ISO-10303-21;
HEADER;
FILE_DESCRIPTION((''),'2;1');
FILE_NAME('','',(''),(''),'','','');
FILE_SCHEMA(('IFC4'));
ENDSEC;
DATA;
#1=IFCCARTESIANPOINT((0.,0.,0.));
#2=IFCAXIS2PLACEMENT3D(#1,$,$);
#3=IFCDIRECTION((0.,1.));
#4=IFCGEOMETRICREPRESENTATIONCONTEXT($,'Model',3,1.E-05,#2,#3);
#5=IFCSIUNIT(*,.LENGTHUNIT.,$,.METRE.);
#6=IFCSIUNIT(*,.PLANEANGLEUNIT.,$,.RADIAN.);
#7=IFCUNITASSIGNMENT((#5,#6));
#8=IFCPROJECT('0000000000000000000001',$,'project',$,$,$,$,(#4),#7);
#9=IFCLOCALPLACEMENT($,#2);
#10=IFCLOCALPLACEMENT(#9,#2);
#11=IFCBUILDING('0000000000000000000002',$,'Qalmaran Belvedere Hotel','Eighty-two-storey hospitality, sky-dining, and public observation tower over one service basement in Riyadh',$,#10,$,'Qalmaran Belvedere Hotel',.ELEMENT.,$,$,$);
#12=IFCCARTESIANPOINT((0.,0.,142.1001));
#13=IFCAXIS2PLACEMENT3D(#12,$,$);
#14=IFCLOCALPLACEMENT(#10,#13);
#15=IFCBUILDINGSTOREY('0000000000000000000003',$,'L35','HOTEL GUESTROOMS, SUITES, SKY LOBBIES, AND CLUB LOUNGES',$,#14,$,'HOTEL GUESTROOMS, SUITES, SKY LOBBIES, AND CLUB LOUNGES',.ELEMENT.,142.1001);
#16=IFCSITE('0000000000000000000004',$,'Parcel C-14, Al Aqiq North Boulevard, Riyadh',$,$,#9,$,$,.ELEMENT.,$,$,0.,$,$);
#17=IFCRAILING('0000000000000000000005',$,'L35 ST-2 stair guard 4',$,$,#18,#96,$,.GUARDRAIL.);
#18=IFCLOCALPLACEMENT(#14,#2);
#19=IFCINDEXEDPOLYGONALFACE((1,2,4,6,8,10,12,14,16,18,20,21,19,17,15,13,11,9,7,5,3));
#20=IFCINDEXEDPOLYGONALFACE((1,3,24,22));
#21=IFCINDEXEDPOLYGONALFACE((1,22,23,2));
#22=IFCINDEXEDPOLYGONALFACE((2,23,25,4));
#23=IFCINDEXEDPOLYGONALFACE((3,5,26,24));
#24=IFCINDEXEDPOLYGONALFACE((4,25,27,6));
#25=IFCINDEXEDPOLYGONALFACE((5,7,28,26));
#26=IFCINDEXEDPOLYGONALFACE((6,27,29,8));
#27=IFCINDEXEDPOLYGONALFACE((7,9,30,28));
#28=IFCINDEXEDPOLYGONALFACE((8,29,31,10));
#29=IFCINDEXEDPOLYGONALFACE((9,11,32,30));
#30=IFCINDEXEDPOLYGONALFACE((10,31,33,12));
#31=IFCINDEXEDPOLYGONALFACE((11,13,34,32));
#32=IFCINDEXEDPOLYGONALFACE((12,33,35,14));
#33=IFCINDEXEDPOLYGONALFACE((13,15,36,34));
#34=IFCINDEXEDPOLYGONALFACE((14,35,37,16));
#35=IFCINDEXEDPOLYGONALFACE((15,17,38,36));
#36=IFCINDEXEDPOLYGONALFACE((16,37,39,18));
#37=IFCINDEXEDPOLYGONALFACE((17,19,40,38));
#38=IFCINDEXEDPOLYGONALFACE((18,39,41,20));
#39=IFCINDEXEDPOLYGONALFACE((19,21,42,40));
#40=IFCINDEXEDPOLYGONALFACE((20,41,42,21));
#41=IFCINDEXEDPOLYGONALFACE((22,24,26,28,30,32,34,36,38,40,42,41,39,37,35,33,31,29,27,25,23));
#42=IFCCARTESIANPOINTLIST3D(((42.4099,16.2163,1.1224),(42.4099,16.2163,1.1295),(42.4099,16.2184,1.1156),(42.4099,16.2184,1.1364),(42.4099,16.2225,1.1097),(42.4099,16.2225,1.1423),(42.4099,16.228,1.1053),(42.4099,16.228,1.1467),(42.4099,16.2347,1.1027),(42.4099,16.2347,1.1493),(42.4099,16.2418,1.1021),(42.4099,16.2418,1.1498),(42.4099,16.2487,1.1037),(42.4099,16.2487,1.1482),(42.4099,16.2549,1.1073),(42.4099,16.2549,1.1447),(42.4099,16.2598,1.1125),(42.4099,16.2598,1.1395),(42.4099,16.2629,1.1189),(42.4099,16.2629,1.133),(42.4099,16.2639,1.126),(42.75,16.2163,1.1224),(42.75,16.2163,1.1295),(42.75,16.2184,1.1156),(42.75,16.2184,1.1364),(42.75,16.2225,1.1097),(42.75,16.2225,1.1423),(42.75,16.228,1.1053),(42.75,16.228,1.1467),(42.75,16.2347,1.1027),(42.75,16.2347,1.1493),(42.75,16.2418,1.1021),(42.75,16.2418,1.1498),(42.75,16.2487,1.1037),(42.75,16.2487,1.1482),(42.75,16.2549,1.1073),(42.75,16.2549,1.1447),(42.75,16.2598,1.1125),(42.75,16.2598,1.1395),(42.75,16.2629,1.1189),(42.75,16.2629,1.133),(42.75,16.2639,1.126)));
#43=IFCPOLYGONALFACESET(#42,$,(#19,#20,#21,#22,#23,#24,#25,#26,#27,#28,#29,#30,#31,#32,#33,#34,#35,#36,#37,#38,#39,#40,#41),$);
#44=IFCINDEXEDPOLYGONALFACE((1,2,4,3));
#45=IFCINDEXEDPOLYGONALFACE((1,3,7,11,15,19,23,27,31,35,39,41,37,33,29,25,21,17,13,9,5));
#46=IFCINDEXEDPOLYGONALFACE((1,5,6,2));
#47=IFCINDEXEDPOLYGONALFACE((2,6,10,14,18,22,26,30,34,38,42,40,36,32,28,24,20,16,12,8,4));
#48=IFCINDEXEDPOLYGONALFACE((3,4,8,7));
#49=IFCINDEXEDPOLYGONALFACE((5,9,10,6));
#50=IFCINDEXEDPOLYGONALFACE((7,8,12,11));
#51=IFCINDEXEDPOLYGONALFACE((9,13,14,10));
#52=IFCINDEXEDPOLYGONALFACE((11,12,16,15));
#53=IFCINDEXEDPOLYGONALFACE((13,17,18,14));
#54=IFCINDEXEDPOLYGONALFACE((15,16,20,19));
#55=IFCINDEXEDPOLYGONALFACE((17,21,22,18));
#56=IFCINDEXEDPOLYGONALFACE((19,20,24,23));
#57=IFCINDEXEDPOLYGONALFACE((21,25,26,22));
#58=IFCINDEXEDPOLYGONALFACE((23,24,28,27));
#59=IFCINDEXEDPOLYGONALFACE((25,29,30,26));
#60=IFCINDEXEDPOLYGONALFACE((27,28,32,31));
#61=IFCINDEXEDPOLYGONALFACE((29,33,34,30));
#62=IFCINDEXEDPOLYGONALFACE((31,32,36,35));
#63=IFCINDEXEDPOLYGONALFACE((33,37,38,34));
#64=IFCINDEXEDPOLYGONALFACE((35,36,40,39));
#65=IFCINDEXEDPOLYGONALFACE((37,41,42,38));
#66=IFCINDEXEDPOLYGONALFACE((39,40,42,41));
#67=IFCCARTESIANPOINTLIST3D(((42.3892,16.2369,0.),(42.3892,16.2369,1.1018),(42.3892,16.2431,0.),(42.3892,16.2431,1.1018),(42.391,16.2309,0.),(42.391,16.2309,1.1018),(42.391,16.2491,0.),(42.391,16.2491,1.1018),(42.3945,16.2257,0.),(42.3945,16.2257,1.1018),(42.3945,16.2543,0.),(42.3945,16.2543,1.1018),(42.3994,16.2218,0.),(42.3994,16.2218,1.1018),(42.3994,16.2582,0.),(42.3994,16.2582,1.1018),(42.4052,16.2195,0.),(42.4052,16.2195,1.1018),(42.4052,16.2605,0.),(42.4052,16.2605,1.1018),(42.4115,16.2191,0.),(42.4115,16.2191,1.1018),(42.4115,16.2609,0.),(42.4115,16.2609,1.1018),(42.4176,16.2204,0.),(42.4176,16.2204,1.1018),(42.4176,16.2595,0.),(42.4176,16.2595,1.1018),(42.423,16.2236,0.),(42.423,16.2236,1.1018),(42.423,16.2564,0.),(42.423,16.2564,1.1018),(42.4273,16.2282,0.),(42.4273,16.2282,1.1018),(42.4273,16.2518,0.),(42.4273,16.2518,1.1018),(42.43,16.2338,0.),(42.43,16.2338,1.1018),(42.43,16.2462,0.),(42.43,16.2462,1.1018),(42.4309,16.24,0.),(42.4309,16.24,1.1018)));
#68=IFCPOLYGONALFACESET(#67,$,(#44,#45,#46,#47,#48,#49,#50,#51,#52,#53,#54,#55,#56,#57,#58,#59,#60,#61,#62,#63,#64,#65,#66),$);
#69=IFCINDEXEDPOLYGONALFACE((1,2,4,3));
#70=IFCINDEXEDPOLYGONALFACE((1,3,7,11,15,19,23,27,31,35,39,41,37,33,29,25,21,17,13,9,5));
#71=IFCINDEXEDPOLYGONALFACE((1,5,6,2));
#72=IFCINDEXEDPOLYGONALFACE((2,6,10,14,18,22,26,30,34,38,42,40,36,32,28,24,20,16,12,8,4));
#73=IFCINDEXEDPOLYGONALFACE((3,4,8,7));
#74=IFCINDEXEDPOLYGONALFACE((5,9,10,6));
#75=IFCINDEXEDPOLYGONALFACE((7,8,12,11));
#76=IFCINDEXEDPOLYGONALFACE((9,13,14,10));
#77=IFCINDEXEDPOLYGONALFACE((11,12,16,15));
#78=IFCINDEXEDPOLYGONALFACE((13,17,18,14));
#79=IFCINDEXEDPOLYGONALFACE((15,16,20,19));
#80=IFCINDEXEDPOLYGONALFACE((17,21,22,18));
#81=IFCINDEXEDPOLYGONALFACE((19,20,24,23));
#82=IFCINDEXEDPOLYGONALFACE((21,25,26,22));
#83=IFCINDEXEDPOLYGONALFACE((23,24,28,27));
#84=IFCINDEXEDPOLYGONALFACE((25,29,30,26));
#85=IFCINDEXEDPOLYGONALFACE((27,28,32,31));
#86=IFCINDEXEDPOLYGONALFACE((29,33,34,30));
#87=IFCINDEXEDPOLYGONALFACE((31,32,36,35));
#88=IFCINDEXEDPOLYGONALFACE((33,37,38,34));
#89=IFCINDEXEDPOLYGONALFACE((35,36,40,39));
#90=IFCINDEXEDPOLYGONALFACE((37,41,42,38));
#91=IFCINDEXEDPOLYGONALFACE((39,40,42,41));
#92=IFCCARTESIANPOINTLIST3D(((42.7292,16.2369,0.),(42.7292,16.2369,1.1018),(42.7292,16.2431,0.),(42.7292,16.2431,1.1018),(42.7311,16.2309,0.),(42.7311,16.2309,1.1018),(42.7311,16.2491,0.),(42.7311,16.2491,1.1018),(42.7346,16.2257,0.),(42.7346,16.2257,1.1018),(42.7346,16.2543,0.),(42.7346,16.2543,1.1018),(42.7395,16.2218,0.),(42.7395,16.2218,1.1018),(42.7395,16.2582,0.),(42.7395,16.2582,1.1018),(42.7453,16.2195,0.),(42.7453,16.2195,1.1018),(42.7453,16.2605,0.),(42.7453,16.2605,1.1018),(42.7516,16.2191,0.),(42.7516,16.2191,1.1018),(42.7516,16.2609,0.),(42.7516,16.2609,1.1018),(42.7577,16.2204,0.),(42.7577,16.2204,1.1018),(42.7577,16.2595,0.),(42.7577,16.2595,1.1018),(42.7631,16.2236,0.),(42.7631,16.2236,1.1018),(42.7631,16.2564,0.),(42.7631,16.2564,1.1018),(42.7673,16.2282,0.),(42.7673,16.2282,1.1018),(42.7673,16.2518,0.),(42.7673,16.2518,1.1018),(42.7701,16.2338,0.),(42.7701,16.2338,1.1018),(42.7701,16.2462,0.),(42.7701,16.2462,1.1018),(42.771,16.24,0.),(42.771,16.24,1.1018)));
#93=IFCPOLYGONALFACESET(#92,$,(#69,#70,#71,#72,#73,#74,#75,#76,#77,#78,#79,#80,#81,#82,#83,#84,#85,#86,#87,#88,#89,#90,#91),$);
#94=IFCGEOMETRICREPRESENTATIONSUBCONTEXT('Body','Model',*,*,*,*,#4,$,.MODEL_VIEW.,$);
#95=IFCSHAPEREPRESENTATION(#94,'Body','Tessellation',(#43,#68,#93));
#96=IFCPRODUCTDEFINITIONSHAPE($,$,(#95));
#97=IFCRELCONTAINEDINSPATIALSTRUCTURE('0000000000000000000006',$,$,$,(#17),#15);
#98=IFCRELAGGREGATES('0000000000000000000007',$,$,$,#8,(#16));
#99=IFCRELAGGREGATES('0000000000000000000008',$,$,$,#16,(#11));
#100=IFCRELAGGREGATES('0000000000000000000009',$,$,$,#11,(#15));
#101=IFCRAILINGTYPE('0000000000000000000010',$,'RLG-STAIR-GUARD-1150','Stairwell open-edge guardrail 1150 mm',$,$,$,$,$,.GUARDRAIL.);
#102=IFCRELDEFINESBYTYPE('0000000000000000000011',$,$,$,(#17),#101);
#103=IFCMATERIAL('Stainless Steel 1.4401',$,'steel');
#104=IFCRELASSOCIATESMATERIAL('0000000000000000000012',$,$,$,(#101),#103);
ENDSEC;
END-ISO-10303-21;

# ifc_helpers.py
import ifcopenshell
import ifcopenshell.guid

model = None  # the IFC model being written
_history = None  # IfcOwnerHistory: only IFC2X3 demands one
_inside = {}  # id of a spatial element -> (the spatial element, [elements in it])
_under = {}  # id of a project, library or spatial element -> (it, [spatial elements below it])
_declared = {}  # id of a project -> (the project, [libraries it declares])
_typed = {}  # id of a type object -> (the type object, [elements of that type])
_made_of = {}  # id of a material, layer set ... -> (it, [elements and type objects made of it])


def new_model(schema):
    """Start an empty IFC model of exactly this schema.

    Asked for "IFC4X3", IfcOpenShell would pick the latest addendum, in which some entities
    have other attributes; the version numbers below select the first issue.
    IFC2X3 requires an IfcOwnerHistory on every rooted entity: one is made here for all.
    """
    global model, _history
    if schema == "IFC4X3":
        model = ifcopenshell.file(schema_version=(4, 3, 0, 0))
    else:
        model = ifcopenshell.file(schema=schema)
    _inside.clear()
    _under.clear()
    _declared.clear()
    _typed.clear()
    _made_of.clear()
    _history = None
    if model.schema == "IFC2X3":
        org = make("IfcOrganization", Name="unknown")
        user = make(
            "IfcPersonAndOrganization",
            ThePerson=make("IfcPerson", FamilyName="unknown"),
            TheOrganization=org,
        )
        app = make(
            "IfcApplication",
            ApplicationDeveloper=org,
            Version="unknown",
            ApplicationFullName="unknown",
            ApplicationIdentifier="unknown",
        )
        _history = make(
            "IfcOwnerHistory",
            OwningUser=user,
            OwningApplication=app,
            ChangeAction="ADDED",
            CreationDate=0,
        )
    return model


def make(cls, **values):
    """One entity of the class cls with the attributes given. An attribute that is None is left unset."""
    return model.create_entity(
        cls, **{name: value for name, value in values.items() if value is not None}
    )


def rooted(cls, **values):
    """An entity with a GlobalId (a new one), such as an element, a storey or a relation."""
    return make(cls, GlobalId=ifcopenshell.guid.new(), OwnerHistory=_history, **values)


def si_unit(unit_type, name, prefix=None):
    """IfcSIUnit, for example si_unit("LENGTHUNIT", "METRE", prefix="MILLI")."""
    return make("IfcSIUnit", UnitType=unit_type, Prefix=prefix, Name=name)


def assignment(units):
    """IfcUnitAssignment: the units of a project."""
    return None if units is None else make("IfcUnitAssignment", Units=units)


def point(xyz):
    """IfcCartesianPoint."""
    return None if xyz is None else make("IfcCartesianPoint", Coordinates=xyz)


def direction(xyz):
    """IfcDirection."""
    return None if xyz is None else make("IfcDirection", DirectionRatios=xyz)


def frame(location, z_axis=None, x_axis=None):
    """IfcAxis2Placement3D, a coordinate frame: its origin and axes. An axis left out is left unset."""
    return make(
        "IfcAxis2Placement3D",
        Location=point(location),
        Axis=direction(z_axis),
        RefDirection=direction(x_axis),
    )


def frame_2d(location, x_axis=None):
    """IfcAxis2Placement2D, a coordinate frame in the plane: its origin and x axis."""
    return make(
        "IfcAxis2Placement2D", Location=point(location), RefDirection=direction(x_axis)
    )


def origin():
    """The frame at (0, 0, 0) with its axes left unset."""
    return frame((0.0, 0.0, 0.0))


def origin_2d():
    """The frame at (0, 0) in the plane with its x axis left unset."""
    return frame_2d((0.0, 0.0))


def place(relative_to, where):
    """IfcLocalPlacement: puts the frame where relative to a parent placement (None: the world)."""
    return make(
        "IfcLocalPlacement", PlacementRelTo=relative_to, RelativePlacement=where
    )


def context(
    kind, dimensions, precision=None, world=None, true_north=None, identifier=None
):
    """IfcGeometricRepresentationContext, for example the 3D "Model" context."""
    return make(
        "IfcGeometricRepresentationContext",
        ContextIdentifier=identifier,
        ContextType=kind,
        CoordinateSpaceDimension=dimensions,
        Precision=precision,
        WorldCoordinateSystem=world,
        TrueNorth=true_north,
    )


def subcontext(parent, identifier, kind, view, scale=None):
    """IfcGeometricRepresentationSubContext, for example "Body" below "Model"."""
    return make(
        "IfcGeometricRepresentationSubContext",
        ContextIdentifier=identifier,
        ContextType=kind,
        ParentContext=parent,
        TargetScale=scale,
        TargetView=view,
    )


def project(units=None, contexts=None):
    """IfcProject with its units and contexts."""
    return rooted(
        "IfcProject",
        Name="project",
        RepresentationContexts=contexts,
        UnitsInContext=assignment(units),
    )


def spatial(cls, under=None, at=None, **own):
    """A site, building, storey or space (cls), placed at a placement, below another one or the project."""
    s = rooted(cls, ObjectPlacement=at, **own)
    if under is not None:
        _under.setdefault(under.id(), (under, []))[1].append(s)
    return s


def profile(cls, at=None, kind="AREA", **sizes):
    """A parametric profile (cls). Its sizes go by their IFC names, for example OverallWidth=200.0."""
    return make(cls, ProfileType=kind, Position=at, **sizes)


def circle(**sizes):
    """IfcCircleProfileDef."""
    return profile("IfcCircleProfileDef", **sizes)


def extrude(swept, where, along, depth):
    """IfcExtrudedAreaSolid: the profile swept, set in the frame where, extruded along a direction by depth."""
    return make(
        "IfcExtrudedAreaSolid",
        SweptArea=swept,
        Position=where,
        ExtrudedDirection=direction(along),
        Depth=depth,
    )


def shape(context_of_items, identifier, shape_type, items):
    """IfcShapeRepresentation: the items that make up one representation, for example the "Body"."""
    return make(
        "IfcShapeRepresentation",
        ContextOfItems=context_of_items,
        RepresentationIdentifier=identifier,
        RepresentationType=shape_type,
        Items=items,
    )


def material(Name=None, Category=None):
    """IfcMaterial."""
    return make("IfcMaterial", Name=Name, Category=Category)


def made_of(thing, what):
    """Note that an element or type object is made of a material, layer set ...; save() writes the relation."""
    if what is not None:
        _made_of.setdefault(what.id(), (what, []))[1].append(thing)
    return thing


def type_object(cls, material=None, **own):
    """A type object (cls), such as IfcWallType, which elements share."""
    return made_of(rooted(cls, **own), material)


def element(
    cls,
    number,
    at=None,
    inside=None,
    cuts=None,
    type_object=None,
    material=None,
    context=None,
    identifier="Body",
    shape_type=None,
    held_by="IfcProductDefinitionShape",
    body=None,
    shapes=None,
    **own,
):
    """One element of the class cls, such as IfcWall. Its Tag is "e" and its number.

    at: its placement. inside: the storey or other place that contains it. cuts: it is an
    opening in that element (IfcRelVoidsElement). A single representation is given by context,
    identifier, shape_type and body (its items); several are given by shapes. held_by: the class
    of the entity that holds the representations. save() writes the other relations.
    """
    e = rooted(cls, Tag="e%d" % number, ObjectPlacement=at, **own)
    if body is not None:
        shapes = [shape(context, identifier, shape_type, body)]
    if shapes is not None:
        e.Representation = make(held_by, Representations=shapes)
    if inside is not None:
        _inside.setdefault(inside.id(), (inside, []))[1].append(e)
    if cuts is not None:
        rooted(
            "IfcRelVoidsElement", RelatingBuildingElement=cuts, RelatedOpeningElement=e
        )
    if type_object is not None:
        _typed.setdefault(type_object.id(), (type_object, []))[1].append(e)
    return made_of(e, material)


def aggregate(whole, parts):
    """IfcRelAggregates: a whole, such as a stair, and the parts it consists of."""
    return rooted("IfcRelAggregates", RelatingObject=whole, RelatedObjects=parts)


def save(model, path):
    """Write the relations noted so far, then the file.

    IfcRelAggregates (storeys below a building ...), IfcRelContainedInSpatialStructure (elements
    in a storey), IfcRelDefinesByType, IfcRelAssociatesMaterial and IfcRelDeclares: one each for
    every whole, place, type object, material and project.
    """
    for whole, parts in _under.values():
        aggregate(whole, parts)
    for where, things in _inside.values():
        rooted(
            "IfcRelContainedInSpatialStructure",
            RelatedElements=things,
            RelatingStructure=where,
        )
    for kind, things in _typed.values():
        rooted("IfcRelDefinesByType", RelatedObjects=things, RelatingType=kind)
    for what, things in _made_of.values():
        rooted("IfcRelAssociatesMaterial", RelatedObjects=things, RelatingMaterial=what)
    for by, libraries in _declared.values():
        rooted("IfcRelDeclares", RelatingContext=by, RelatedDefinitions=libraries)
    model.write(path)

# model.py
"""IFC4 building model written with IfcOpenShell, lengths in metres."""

from ifc_helpers import new_model, si_unit, direction, frame, origin, origin_2d, place, context, subcontext, project, spatial, circle, extrude, material, type_object, element, save


model = new_model("IFC4")

# Units and contexts
model_context = context("Model", 3, precision=1e-05, world=origin(), true_north=direction((0.0, 1.0)))
body_context = subcontext(model_context, "Body", "Model", "MODEL_VIEW")
ifc_project = project(units=[si_unit("LENGTHUNIT", "METRE"), si_unit("PLANEANGLEUNIT", "RADIAN")], contexts=[model_context])

# Site, building, storey
site_placement = place(None, origin())
site = spatial("IfcSite", under=ifc_project, at=site_placement, Name="Parcel C-14, Al Aqiq North Boulevard, Riyadh", CompositionType="ELEMENT", RefElevation=0.0)
building_placement = place(site_placement, origin())
building = spatial("IfcBuilding", under=site, at=building_placement, Name="Qalmaran Belvedere Hotel", Description="Eighty-two-storey hospitality, sky-dining, and public observation tower over one service basement in Riyadh", LongName="Qalmaran Belvedere Hotel", CompositionType="ELEMENT")
storey_placement = place(building_placement, frame((0.0, 0.0, 142.1001)))
storey = spatial("IfcBuildingStorey", under=building, at=storey_placement, Name="L35", Description="HOTEL GUESTROOMS, SUITES, SKY LOBBIES, AND CLUB LOUNGES", LongName="HOTEL GUESTROOMS, SUITES, SKY LOBBIES, AND CLUB LOUNGES", CompositionType="ELEMENT", Elevation=142.1001)

# Shared definitions
ifc_material_1 = material(Name="Stainless Steel 1.4401", Category="steel")

# Railing
railing_type_1 = type_object("IfcRailingType", Name="RLG-STAIR-GUARD-1150", Description="Stairwell open-edge guardrail 1150 mm", PredefinedType="GUARDRAIL", material=ifc_material_1)
railing_1_placement = place(storey_placement, frame((42.4099, 16.24, 0.0)))
element("IfcRailing", 1, at=railing_1_placement, inside=storey, type_object=railing_type_1, Name="L35 ST-2 stair guard 4", PredefinedType="GUARDRAIL", context=body_context, shape_type="SweptSolid", body=[
    extrude(circle(Radius=0.0239, at=origin_2d()), frame((0.0, 0.0, 1.126), z_axis=(1.0, 0.0, 0.0), x_axis=(0.0, 1.0, 0.0)), (0.0, 0.0, 1.0), 0.3401),
    extrude(circle(Radius=0.021, at=origin_2d()), origin(), (0.0, 0.0, 1.0), 1.1018),
    extrude(circle(Radius=0.021, at=origin_2d()), frame((0.3401, 0.0, 0.0)), (0.0, 0.0, 1.0), 1.1018),
])

save(model, "model.ifc")
